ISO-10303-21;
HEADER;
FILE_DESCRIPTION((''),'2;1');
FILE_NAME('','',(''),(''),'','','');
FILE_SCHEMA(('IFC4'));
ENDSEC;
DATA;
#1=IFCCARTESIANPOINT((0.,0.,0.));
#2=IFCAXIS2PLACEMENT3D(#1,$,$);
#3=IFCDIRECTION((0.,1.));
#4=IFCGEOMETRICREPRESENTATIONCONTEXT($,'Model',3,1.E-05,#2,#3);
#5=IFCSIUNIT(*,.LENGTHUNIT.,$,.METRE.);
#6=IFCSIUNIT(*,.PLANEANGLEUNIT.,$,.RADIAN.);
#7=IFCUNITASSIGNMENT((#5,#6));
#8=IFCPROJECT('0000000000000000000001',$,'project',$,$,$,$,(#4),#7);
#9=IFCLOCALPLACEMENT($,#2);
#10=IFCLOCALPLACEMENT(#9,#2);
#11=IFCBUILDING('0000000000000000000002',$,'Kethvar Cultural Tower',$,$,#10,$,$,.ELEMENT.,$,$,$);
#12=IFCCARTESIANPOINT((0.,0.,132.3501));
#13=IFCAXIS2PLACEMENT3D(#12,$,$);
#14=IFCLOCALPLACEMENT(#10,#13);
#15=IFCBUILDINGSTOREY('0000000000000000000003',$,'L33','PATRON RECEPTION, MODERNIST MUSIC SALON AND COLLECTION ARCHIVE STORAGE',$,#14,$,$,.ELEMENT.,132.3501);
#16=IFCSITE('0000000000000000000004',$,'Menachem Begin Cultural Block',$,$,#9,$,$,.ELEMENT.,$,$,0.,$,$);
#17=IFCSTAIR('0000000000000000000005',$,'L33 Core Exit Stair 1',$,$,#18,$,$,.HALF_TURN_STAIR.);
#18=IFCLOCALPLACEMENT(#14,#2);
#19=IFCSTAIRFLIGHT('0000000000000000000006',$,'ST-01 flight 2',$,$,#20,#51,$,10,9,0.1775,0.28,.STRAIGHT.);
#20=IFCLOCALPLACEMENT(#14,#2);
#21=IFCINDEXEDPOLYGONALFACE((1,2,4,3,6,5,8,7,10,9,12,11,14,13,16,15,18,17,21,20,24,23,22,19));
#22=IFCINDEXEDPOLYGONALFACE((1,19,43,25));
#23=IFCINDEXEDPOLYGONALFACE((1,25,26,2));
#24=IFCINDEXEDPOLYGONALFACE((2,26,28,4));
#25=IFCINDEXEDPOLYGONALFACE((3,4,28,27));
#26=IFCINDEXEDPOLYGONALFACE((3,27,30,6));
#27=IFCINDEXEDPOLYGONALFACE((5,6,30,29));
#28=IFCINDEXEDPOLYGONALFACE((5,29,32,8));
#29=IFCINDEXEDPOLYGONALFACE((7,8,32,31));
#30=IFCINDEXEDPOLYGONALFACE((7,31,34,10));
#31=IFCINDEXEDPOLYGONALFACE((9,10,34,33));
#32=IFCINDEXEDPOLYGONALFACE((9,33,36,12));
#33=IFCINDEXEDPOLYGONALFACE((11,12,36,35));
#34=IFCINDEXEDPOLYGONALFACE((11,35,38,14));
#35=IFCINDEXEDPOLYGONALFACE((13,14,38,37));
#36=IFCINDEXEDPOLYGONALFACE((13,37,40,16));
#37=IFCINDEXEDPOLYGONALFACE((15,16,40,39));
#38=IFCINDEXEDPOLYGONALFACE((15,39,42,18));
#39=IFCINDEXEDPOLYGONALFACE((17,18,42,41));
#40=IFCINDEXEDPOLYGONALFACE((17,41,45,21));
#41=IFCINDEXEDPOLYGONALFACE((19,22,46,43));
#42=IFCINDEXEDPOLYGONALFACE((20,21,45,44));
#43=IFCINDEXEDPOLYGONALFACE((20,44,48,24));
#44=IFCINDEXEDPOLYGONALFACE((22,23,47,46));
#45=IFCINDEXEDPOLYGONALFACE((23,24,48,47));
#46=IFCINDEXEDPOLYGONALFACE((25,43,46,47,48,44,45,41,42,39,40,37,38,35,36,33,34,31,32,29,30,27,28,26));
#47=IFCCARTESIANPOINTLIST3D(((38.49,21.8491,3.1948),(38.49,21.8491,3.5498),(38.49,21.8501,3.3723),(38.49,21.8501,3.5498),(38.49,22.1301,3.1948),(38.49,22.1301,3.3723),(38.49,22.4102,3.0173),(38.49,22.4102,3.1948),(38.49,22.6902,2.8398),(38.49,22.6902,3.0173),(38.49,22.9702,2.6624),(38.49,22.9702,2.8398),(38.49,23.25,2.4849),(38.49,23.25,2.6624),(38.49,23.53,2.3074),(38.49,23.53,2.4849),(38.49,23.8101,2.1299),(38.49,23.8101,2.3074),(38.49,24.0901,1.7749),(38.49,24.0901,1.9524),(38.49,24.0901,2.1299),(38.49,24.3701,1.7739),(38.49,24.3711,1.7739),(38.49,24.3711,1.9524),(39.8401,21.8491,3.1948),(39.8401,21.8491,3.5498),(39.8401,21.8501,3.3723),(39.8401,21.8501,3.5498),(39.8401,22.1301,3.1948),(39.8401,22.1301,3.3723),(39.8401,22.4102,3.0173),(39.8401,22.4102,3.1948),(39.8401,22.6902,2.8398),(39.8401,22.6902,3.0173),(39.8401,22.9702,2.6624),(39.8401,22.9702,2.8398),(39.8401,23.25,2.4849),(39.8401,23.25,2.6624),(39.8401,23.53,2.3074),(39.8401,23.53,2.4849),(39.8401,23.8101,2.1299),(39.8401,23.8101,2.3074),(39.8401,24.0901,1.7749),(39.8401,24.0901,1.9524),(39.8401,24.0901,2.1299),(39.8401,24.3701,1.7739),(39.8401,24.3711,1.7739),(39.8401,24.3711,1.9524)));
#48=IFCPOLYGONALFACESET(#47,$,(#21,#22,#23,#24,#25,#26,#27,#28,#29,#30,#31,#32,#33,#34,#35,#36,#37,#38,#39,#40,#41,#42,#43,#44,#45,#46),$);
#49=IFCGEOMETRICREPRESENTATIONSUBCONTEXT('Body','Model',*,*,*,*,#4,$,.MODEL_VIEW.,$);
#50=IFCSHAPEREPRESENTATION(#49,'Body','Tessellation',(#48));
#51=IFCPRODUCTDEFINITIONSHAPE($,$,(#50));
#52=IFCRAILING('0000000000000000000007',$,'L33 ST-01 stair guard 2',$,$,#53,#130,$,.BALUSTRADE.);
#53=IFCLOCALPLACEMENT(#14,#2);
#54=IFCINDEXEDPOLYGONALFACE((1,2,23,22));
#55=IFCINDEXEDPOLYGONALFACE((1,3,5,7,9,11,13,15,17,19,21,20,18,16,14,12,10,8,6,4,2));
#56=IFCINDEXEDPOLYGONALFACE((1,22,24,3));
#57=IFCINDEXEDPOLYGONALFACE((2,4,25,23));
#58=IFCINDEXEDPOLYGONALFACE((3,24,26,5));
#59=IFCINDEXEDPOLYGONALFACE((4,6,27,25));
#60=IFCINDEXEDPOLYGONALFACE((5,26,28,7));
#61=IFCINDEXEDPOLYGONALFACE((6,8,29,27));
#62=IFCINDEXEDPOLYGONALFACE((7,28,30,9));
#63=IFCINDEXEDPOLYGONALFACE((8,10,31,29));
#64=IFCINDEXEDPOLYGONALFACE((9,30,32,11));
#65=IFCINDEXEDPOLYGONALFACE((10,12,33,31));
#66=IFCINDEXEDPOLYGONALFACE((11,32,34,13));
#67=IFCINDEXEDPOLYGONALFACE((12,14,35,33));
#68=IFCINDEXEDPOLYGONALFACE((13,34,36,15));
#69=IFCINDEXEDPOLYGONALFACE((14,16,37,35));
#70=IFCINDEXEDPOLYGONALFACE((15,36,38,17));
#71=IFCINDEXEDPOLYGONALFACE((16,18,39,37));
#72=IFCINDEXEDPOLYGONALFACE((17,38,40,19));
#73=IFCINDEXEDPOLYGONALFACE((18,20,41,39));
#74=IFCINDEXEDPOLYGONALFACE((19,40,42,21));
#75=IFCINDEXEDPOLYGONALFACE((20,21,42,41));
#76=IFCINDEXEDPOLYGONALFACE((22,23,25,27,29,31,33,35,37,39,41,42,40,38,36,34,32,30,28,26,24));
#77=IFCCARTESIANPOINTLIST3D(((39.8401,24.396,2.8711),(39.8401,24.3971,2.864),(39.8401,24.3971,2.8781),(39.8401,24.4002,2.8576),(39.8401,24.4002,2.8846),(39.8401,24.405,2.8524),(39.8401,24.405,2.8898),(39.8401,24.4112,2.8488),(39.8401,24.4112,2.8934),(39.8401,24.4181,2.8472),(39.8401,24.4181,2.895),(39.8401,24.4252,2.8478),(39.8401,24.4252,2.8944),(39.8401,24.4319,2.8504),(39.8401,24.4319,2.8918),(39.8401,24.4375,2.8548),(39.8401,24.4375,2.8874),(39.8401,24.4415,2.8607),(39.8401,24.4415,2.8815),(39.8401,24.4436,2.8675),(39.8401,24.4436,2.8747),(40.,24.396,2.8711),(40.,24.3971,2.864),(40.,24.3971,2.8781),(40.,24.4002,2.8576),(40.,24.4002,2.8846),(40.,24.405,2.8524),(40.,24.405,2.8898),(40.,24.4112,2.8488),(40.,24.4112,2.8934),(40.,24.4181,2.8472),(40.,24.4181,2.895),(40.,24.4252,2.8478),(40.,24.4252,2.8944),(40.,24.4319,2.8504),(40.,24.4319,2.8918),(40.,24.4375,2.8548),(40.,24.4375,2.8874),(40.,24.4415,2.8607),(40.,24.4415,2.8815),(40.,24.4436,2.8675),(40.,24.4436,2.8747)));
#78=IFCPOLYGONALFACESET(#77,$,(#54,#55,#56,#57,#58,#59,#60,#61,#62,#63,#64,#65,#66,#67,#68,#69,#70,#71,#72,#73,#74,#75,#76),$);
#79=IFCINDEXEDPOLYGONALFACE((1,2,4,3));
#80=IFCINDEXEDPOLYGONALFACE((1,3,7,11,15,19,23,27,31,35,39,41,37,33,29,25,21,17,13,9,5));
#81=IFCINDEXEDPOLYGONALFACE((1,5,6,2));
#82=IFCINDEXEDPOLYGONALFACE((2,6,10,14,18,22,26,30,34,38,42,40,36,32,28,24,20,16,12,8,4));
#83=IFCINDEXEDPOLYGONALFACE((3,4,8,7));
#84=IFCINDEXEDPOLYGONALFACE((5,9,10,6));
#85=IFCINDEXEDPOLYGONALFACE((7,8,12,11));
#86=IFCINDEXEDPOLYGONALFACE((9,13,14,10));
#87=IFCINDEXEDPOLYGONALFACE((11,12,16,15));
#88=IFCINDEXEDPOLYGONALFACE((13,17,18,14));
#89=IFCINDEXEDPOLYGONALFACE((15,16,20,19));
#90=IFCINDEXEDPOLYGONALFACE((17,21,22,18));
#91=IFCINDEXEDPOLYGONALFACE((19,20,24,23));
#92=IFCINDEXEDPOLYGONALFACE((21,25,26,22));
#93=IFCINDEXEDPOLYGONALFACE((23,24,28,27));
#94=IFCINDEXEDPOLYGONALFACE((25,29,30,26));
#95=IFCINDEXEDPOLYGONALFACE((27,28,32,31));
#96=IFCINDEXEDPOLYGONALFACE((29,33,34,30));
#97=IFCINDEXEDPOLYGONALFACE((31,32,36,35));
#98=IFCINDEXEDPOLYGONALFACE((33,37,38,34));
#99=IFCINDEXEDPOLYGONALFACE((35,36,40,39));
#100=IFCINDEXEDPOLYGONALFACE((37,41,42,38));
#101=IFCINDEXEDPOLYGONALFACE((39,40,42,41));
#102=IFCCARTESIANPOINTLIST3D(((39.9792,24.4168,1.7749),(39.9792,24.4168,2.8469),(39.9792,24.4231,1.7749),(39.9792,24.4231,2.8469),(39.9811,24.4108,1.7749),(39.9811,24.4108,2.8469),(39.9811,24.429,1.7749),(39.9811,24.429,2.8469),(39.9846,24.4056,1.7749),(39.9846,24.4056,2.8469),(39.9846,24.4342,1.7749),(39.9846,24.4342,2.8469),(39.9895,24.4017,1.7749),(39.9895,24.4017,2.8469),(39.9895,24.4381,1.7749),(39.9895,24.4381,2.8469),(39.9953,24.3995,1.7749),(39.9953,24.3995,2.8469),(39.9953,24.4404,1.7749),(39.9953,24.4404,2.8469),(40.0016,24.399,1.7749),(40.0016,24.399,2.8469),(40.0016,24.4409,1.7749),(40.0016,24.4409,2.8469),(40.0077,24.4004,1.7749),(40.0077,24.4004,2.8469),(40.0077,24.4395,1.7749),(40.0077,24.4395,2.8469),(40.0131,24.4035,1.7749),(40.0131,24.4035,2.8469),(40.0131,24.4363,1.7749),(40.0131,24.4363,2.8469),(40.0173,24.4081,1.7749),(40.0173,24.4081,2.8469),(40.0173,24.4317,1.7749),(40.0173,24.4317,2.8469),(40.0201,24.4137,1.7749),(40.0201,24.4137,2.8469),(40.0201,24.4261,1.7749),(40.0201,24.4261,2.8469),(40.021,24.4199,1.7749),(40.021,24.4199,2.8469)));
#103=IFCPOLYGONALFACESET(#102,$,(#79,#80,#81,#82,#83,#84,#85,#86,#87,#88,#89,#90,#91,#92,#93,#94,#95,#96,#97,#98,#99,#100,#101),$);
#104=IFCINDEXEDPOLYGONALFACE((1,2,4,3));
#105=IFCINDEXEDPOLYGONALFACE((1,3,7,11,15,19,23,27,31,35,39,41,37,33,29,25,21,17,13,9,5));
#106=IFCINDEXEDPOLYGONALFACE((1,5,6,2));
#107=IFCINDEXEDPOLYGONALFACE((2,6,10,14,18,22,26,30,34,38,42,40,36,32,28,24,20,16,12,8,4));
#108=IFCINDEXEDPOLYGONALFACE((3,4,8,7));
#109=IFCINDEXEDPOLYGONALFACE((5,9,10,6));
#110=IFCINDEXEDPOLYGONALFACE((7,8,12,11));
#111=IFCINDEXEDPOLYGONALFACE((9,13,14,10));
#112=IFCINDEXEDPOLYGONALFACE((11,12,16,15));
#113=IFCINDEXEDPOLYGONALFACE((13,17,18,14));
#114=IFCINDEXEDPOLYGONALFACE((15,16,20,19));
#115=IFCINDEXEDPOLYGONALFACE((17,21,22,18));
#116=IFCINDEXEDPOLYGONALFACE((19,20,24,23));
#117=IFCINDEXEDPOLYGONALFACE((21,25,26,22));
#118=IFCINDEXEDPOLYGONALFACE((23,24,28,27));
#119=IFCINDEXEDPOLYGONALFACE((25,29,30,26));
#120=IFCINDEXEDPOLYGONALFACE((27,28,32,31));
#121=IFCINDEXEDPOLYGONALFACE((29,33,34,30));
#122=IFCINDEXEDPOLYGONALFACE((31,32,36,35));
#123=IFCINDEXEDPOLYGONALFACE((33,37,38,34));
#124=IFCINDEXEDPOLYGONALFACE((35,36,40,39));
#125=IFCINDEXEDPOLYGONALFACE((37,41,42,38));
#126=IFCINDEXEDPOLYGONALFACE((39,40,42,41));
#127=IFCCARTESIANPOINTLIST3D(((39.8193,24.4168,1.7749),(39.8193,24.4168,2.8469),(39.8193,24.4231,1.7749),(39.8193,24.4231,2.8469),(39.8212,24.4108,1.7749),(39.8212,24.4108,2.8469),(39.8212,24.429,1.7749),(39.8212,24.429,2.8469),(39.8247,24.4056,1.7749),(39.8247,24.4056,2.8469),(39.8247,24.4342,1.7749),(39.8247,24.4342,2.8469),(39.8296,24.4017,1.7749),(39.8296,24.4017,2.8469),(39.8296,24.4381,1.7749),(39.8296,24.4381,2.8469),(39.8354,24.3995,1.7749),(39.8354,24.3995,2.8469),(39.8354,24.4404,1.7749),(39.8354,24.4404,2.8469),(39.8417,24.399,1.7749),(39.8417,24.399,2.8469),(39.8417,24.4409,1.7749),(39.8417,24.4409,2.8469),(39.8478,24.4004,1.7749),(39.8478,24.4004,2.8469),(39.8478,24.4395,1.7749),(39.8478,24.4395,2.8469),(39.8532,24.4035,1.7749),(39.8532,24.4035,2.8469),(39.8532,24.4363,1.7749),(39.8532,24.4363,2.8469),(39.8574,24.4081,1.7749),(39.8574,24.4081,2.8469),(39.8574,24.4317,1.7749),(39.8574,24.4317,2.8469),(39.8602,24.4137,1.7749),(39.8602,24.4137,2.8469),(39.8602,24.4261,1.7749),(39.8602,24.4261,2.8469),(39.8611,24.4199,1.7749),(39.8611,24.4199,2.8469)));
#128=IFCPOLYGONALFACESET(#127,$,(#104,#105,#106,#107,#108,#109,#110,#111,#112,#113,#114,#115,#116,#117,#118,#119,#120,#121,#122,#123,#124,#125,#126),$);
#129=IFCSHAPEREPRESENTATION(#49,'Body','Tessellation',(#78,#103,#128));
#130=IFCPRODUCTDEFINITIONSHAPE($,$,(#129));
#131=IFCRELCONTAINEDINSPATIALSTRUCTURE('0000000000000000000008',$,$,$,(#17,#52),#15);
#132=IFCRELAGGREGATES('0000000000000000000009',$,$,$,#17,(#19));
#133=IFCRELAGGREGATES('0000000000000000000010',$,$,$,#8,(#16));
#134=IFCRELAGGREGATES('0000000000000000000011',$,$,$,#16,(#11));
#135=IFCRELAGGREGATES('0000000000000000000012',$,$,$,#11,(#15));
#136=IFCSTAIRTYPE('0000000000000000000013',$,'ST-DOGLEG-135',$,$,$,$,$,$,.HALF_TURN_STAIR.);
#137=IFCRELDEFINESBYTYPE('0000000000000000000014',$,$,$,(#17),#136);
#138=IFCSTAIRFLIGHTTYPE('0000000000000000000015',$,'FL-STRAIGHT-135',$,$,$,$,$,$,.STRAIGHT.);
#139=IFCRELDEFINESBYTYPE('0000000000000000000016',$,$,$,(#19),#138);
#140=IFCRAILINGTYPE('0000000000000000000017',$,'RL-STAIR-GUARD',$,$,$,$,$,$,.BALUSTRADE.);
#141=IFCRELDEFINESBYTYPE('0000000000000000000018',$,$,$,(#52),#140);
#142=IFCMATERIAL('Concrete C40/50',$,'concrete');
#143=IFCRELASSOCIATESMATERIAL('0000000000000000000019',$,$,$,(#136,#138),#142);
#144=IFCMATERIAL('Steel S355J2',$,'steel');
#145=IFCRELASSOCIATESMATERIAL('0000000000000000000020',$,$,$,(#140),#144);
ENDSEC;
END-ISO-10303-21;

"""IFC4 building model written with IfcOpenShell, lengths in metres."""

from ifc_helpers import new_model, si_unit, direction, frame, origin, origin_2d, place, context, subcontext, project, spatial, polyline, circle, outline, extrude, material, type_object, element, aggregate, save


model = new_model("IFC4")

# Units and contexts
model_context = context("Model", 3, precision=1e-05, world=origin(), true_north=direction((0.0, 1.0)))
body_context = subcontext(model_context, "Body", "Model", "MODEL_VIEW")
ifc_project = project(units=[si_unit("LENGTHUNIT", "METRE"), si_unit("PLANEANGLEUNIT", "RADIAN")], contexts=[model_context])

# Site, building, storey
site_placement = place(None, origin())
site = spatial("IfcSite", under=ifc_project, at=site_placement, Name="Menachem Begin Cultural Block", CompositionType="ELEMENT", RefElevation=0.0)
building_placement = place(site_placement, origin())
building = spatial("IfcBuilding", under=site, at=building_placement, Name="Kethvar Cultural Tower", CompositionType="ELEMENT")
storey_placement = place(building_placement, frame((0.0, 0.0, 132.3501)))
storey = spatial("IfcBuildingStorey", under=building, at=storey_placement, Name="L33", Description="PATRON RECEPTION, MODERNIST MUSIC SALON AND COLLECTION ARCHIVE STORAGE", CompositionType="ELEMENT", Elevation=132.3501)

# Shared definitions
ifc_material_1 = material(Name="Steel S355J2", Category="steel")

# Shared definitions
ifc_material_2 = material(Name="Concrete C40/50", Category="concrete")

# Stair, stair flight
stair_type = type_object("IfcStairType", Name="ST-DOGLEG-135", PredefinedType="HALF_TURN_STAIR", material=ifc_material_2)
stair_placement = place(storey_placement, origin())
stair = element("IfcStair", 1, at=stair_placement, inside=storey, type_object=stair_type, Name="L33 Core Exit Stair 1", PredefinedType="HALF_TURN_STAIR")
stair_flight_type = type_object("IfcStairFlightType", Name="FL-STRAIGHT-135", PredefinedType="STRAIGHT", material=ifc_material_2)
stair_flight_placement = place(storey_placement, frame((39.165, 24.3701, 1.7749), z_axis=(0.0, 0.0, 1.0), x_axis=(0.0, -1.0, 0.0)))
stair_flight = element("IfcStairFlight", 2, at=stair_flight_placement, type_object=stair_flight_type, Name="ST-01 flight 2", NumberOfRisers=10, NumberOfTreads=9, PredefinedType="STRAIGHT", RiserHeight=0.1775, TreadLength=0.28, context=body_context, shape_type="SweptSolid", body=[
    extrude(outline(polyline([(-0.001, -0.001), (-0.001, 0.1775), (0.28, 0.1775), (0.28, 0.355), (0.5601, 0.355), (0.5601, 0.5325), (0.8401, 0.5325), (0.8401, 0.71), (1.1201, 0.71), (1.1201, 0.8875), (1.3999, 0.8875), (1.3999, 1.0649), (1.6799, 1.0649), (1.6799, 1.2424), (1.96, 1.2424), (1.96, 1.4199), (2.24, 1.4199), (2.24, 1.5974), (2.52, 1.5974), (2.52, 1.7749), (2.521, 1.7749), (2.521, 1.4199), (0.28, 0.0), (0.0, -0.001), (-0.001, -0.001)])), frame((0.0, 0.675, 0.0), z_axis=(0.0, -1.0, 0.0), x_axis=(1.0, 0.0, 0.0)), (0.0, 0.0, 1.0), 1.3501),
])
aggregate(stair, [stair_flight])

# Railing
railing_type_1 = type_object("IfcRailingType", Name="RL-STAIR-GUARD", PredefinedType="BALUSTRADE", material=ifc_material_1)
railing_1_placement = place(storey_placement, frame((40.0, 24.4199, 1.7749)))
element("IfcRailing", 3, at=railing_1_placement, inside=storey, type_object=railing_type_1, Name="L33 ST-01 stair guard 2", PredefinedType="BALUSTRADE", context=body_context, shape_type="SweptSolid", body=[
    extrude(circle(Radius=0.0239, at=origin_2d()), frame((0.0, 0.0, 1.0962), z_axis=(-1.0, 0.0, 0.0), x_axis=(0.0, -1.0, 0.0)), (0.0, 0.0, 1.0), 0.1599),
    extrude(circle(Radius=0.021, at=origin_2d()), origin(), (0.0, 0.0, 1.0), 1.072),
    extrude(circle(Radius=0.021, at=origin_2d()), frame((-0.1599, 0.0, 0.0)), (0.0, 0.0, 1.0), 1.072),
])

save(model, "model.ifc")
